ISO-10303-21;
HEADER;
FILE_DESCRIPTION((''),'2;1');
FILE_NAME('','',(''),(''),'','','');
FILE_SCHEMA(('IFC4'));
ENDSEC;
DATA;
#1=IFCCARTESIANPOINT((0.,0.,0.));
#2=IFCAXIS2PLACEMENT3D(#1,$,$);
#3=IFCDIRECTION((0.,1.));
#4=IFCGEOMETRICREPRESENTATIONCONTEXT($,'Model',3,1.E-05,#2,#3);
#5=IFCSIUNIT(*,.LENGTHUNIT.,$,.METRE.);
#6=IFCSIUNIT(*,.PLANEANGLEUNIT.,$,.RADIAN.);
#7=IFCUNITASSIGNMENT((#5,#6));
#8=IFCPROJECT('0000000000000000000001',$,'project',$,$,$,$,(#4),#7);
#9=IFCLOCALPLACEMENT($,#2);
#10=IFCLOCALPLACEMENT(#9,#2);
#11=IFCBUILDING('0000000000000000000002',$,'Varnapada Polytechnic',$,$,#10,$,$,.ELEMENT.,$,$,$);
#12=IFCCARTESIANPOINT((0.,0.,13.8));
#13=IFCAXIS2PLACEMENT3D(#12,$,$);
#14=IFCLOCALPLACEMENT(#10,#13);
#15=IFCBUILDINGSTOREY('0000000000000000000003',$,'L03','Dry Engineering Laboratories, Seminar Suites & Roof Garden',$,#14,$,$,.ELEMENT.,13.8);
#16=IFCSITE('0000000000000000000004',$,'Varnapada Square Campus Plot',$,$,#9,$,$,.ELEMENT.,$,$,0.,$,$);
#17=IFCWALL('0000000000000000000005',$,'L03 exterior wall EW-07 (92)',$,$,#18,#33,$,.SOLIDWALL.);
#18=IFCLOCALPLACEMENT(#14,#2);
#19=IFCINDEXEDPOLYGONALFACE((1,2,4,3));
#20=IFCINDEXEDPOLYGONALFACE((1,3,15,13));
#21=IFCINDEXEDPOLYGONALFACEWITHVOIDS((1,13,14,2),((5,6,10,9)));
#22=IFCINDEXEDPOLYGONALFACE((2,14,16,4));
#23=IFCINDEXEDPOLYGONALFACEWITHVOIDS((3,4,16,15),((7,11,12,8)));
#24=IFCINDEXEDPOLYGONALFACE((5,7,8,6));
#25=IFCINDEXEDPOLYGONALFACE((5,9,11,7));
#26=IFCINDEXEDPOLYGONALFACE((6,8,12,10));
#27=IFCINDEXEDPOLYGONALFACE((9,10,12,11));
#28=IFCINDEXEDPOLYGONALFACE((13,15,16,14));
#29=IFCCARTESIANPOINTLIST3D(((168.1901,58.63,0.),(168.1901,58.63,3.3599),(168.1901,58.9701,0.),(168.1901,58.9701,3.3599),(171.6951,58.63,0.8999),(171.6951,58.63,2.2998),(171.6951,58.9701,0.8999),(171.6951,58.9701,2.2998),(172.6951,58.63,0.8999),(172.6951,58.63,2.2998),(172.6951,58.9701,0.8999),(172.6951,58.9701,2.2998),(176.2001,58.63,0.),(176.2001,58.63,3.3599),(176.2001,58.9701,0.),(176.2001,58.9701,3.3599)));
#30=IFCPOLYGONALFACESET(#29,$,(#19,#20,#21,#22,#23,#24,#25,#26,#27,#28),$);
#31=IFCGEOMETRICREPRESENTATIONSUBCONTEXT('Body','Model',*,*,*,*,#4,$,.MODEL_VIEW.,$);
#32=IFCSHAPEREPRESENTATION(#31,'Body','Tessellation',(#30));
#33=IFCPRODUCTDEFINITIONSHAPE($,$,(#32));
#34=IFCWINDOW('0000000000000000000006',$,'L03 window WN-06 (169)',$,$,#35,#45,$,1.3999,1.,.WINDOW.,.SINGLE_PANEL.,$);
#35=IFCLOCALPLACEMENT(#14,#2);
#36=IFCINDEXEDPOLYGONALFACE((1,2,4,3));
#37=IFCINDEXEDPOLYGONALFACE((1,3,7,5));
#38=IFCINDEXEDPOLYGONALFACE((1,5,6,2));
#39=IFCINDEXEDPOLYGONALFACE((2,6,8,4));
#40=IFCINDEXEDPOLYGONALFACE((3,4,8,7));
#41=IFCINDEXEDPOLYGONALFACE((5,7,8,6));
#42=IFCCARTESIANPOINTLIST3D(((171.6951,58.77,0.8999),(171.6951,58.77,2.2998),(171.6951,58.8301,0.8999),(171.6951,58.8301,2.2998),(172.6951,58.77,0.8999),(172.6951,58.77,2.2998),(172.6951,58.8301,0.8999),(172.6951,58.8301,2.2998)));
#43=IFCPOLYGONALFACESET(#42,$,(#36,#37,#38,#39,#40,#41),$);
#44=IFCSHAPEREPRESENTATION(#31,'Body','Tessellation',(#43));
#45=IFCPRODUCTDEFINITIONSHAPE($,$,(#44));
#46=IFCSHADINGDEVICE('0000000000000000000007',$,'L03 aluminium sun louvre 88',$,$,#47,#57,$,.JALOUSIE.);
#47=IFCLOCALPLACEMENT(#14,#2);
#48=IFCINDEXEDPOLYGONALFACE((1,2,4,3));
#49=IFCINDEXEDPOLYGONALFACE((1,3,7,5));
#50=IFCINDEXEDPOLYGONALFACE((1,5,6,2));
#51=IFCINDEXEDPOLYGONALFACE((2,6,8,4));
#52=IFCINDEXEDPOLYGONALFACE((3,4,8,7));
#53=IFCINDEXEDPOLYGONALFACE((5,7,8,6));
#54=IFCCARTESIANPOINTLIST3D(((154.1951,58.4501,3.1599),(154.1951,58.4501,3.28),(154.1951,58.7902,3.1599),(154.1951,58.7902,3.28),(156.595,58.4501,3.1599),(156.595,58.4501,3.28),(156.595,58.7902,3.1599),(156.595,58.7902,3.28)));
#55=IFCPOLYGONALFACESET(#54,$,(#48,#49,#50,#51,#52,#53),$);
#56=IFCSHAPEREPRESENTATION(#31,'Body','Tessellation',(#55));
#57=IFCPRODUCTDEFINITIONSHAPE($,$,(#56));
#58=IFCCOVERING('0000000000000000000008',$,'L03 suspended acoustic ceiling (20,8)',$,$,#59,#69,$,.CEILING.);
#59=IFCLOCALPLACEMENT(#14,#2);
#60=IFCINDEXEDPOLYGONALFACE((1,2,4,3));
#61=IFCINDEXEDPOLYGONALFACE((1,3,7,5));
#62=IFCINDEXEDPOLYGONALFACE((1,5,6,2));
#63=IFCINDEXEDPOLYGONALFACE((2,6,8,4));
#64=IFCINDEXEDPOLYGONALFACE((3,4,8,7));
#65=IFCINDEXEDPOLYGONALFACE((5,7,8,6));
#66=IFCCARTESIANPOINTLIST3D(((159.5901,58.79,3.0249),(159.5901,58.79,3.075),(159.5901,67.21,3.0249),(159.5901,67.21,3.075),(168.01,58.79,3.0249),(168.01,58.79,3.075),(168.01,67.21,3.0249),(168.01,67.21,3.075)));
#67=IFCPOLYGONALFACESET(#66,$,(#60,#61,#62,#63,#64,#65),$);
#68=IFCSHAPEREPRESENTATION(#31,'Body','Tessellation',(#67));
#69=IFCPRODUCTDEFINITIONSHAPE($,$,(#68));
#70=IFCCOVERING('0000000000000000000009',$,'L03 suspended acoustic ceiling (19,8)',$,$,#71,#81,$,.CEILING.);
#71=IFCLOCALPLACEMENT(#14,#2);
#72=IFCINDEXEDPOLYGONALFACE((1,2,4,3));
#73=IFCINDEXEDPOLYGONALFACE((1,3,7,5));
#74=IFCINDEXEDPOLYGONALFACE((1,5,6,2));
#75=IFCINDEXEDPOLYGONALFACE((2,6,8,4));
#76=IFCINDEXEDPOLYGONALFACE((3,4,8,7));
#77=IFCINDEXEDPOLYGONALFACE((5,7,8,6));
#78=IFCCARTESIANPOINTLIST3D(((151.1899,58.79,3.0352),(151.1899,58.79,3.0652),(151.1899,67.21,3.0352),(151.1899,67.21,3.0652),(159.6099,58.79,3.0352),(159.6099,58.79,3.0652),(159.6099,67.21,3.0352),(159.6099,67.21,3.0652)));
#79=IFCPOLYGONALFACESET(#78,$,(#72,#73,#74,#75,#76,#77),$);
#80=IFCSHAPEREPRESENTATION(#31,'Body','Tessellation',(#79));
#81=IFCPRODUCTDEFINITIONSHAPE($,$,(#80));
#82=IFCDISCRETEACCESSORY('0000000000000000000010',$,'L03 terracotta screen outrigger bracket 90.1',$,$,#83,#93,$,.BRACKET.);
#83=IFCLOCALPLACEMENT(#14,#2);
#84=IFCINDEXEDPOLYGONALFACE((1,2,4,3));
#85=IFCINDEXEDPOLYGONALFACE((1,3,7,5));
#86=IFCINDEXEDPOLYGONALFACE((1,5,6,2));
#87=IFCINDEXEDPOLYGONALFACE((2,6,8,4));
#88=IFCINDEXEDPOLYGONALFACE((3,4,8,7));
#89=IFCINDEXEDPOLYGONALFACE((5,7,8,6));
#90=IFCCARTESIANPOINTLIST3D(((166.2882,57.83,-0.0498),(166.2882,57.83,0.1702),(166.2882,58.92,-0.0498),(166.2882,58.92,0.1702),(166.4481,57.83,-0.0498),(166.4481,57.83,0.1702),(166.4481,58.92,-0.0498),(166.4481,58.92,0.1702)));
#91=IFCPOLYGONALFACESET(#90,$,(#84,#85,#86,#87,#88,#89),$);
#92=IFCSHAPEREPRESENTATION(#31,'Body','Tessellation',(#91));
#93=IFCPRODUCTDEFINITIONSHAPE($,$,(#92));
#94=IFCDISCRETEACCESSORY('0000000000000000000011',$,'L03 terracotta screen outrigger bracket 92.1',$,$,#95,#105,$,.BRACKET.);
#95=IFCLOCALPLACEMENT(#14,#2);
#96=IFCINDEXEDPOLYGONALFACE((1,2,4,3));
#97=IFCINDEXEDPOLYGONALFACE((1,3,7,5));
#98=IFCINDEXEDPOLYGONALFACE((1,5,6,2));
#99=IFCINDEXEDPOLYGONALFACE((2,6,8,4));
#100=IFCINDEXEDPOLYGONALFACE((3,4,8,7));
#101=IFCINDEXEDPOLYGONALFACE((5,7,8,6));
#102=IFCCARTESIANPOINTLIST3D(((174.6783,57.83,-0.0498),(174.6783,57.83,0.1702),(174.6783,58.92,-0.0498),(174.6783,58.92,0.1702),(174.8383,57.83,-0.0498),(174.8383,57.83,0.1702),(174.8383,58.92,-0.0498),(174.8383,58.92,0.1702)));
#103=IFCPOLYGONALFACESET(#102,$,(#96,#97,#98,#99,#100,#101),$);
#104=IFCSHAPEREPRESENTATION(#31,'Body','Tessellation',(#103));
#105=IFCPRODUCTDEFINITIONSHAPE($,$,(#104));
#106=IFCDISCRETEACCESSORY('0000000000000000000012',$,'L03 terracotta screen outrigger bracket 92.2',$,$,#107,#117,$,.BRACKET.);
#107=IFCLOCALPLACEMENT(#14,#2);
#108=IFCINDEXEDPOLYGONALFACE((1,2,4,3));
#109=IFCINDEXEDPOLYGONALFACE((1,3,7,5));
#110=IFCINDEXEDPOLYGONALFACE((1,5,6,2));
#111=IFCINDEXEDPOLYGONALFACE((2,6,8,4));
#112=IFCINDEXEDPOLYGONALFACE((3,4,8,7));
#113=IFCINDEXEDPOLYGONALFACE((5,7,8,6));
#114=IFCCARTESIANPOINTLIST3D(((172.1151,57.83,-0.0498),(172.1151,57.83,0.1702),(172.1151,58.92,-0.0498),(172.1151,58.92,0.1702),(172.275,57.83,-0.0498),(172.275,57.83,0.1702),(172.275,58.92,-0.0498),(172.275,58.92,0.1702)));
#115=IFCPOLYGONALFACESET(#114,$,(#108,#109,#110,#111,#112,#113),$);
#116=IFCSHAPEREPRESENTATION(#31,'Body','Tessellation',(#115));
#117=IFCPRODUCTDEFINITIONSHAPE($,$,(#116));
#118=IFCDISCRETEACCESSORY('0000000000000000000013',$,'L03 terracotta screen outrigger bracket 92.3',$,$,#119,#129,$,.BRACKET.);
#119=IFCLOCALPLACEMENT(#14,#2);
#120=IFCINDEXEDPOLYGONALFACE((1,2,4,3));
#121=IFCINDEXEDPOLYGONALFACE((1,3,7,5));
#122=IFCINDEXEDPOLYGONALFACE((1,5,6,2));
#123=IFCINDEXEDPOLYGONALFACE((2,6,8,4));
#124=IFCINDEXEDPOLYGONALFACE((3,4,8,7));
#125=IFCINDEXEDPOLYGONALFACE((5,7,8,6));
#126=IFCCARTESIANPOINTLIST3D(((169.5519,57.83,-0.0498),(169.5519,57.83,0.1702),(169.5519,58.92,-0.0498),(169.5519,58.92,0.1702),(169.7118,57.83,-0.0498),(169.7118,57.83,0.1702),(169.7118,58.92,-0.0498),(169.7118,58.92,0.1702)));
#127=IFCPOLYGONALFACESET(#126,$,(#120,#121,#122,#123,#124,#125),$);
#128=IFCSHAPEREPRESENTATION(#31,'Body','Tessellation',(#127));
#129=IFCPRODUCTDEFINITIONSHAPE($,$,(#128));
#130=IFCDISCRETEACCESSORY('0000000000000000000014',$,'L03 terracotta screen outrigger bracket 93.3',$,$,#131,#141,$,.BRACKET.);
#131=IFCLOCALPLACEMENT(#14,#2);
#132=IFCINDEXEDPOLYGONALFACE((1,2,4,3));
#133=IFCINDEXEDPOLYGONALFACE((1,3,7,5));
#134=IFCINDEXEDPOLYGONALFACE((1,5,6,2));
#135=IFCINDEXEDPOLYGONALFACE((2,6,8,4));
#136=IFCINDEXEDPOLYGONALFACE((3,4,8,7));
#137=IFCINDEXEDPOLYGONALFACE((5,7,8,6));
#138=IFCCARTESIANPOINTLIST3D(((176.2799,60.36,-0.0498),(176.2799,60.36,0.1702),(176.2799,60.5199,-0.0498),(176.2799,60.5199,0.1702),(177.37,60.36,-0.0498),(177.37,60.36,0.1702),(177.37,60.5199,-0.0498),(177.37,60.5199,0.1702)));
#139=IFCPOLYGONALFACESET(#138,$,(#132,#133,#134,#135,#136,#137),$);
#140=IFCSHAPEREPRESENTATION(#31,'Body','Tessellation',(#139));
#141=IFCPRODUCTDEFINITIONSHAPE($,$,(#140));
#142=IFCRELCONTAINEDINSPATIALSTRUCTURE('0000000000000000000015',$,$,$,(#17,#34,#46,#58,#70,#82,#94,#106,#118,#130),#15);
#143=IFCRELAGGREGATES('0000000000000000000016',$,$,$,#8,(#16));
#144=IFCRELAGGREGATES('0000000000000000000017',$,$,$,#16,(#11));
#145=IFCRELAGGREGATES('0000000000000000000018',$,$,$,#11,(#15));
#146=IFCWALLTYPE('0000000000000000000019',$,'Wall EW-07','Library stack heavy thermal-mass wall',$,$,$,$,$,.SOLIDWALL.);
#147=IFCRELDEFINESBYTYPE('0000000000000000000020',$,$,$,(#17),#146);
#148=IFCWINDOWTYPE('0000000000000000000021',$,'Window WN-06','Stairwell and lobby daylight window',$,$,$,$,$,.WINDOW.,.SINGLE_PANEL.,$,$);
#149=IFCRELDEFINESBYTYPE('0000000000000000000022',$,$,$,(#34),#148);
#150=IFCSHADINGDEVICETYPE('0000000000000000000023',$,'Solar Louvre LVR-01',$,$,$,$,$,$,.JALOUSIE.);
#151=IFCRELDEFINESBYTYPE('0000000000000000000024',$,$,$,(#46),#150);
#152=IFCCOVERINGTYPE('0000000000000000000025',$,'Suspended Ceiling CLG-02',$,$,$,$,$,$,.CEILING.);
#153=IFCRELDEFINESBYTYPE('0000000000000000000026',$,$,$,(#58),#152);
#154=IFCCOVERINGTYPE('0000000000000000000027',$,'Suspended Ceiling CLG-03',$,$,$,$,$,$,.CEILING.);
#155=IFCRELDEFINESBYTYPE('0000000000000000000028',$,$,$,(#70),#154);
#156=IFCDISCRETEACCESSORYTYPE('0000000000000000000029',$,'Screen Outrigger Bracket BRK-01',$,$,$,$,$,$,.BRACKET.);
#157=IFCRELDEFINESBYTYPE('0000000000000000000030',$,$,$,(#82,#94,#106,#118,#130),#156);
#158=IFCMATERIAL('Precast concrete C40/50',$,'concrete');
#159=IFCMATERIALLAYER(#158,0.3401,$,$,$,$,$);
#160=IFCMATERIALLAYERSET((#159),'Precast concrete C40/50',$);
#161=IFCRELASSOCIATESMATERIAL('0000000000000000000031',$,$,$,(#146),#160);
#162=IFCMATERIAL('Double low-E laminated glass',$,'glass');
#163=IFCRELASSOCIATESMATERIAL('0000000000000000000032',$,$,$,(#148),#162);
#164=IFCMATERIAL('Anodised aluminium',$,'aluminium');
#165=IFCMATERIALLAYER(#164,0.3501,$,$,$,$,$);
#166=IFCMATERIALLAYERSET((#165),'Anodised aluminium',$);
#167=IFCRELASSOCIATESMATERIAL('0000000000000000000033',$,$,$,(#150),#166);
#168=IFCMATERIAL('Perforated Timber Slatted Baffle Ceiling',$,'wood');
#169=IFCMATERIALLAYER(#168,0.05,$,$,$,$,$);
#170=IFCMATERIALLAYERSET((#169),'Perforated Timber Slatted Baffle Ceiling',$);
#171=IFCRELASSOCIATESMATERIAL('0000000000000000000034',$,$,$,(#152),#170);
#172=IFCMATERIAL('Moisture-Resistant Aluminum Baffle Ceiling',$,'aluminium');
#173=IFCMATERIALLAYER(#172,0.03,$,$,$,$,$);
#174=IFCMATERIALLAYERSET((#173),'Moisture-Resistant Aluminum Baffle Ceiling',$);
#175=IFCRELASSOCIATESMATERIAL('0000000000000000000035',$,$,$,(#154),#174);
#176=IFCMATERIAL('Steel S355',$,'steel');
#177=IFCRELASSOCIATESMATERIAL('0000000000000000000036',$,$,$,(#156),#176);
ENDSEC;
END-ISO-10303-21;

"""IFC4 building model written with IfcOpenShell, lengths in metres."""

from ifc_helpers import new_model, si_unit, direction, frame, frame_2d, origin, origin_2d, place, context, subcontext, project, spatial, rectangle, extrude, material, layer, layer_set, type_object, element, fill, save


model = new_model("IFC4")

# Units and contexts
model_context = context("Model", 3, precision=1e-05, world=origin(), true_north=direction((0.0, 1.0)))
body_context = subcontext(model_context, "Body", "Model", "MODEL_VIEW")
ifc_project = project(units=[si_unit("LENGTHUNIT", "METRE"), si_unit("PLANEANGLEUNIT", "RADIAN")], contexts=[model_context])

# Site, building, storey
site_placement = place(None, origin())
site = spatial("IfcSite", under=ifc_project, at=site_placement, Name="Varnapada Square Campus Plot", CompositionType="ELEMENT", RefElevation=0.0)
building_placement = place(site_placement, origin())
building = spatial("IfcBuilding", under=site, at=building_placement, Name="Varnapada Polytechnic", CompositionType="ELEMENT")
storey_placement = place(building_placement, frame((0.0, 0.0, 13.8)))
storey = spatial("IfcBuildingStorey", under=building, at=storey_placement, Name="L03", Description="Dry Engineering Laboratories, Seminar Suites & Roof Garden", CompositionType="ELEMENT", Elevation=13.8)

# Wall, opening, window
ifc_material_1 = material(Name="Precast concrete C40/50", Category="concrete")
ifc_layer_1 = layer(ifc_material_1, 0.3401)
ifc_layer_set_1 = layer_set([ifc_layer_1], Name="Precast concrete C40/50")
wall_type_1 = type_object("IfcWallType", Name="Wall EW-07", Description="Library stack heavy thermal-mass wall", PredefinedType="SOLIDWALL", material=ifc_layer_set_1)
ifc_material_2 = material(Name="Double low-E laminated glass", Category="glass")
wall_1_placement = place(storey_placement, frame((176.2, 58.8, 0.0), z_axis=(0.0, 0.0, 1.0), x_axis=(-1.0, 0.0, 0.0)))
wall_1 = element("IfcWall", 1, at=wall_1_placement, inside=storey, type_object=wall_type_1, Name="L03 exterior wall EW-07 (92)", PredefinedType="SOLIDWALL", context=body_context, shape_type="SweptSolid", body=[
    extrude(rectangle(XDim=8.01, YDim=0.3401, at=frame_2d((4.0049, 0.0))), origin(), (0.0, 0.0, 1.0), 3.3599),
])
opening_1_placement = place(wall_1_placement, frame((3.5049, 0.0, 0.8999)))
opening_1 = element("IfcOpeningElement", 2, at=opening_1_placement, cuts=wall_1, PredefinedType="OPENING", context=body_context, shape_type="SweptSolid", body=[
    extrude(rectangle(XDim=1.0, YDim=1.3999, at=frame_2d((0.5, 0.7))), frame((0.0, 0.1799, 0.0), z_axis=(0.0, -1.0, 0.0), x_axis=(1.0, 0.0, 0.0)), (0.0, 0.0, 1.0), 0.3601),
])
window_type_1 = type_object("IfcWindowType", Name="Window WN-06", Description="Stairwell and lobby daylight window", PartitioningType="SINGLE_PANEL", PredefinedType="WINDOW", material=ifc_material_2)
window_1_placement = place(opening_1_placement, origin())
window_1 = element("IfcWindow", 3, at=window_1_placement, inside=storey, type_object=window_type_1, Name="L03 window WN-06 (169)", OverallHeight=1.3999, OverallWidth=1.0, PartitioningType="SINGLE_PANEL", PredefinedType="WINDOW", context=body_context, shape_type="SweptSolid", body=[
    extrude(rectangle(XDim=1.0, YDim=1.3999, at=frame_2d((0.5, 0.7))), frame((0.0, 0.03, 0.0), z_axis=(0.0, -1.0, 0.0), x_axis=(1.0, 0.0, 0.0)), (0.0, 0.0, 1.0), 0.0601),
])
fill(opening_1, window_1)

# Shading device
ifc_material_3 = material(Name="Anodised aluminium", Category="aluminium")
ifc_layer_2 = layer(ifc_material_3, 0.3501)
ifc_layer_set_2 = layer_set([ifc_layer_2], Name="Anodised aluminium")
shading_device_type = type_object("IfcShadingDeviceType", Name="Solar Louvre LVR-01", PredefinedType="JALOUSIE", material=ifc_layer_set_2)
shading_device_placement = place(storey_placement, frame((155.395, 58.6201, 3.1599), z_axis=(0.0, 0.0, 1.0), x_axis=(-1.0, 0.0, 0.0)))
element("IfcShadingDevice", 4, at=shading_device_placement, inside=storey, type_object=shading_device_type, Name="L03 aluminium sun louvre 88", PredefinedType="JALOUSIE", context=body_context, shape_type="SweptSolid", body=[
    extrude(rectangle(XDim=2.3999, YDim=0.3401, at=origin_2d()), origin(), (0.0, 0.0, 1.0), 0.1201),
])

# Coverings
ifc_material_4 = material(Name="Perforated Timber Slatted Baffle Ceiling", Category="wood")
ifc_layer_3 = layer(ifc_material_4, 0.05)
ifc_layer_set_3 = layer_set([ifc_layer_3], Name="Perforated Timber Slatted Baffle Ceiling")
covering_type_1 = type_object("IfcCoveringType", Name="Suspended Ceiling CLG-02", PredefinedType="CEILING", material=ifc_layer_set_3)
covering_1_placement = place(storey_placement, frame((163.8, 63.0, 3.0249), z_axis=(0.0, 0.0, 1.0), x_axis=(1.0, 0.0, 0.0)))
element("IfcCovering", 5, at=covering_1_placement, inside=storey, type_object=covering_type_1, Name="L03 suspended acoustic ceiling (20,8)", PredefinedType="CEILING", context=body_context, shape_type="SweptSolid", body=[
    extrude(rectangle(XDim=8.4199, YDim=8.4199, at=origin_2d()), origin(), (0.0, 0.0, 1.0), 0.05),
])
ifc_material_5 = material(Name="Moisture-Resistant Aluminum Baffle Ceiling", Category="aluminium")
ifc_layer_4 = layer(ifc_material_5, 0.03)
ifc_layer_set_4 = layer_set([ifc_layer_4], Name="Moisture-Resistant Aluminum Baffle Ceiling")
covering_type_2 = type_object("IfcCoveringType", Name="Suspended Ceiling CLG-03", PredefinedType="CEILING", material=ifc_layer_set_4)
covering_2_placement = place(storey_placement, frame((155.3999, 63.0, 3.0352), z_axis=(0.0, 0.0, 1.0), x_axis=(1.0, 0.0, 0.0)))
element("IfcCovering", 6, at=covering_2_placement, inside=storey, type_object=covering_type_2, Name="L03 suspended acoustic ceiling (19,8)", PredefinedType="CEILING", context=body_context, shape_type="SweptSolid", body=[
    extrude(rectangle(XDim=8.4199, YDim=8.4199, at=origin_2d()), origin(), (0.0, 0.0, 1.0), 0.03),
])

# Discrete accessories
ifc_material_6 = material(Name="Steel S355", Category="steel")
discrete_accessory_type = type_object("IfcDiscreteAccessoryType", Name="Screen Outrigger Bracket BRK-01", PredefinedType="BRACKET", material=ifc_material_6)
for number, where, z_axis, x_axis, name in (
    (7, (166.3682, 58.375, -0.0498), (0.0, 0.0, 1.0), (-1.0, 0.0, 0.0), "L03 terracotta screen outrigger bracket 90.1"),
    (8, (174.7583, 58.375, -0.0498), (0.0, 0.0, 1.0), (-1.0, 0.0, 0.0), "L03 terracotta screen outrigger bracket 92.1"),
    (9, (172.1951, 58.375, -0.0498), (0.0, 0.0, 1.0), (-1.0, 0.0, 0.0), "L03 terracotta screen outrigger bracket 92.2"),
    (10, (169.6318, 58.375, -0.0498), (0.0, 0.0, 1.0), (-1.0, 0.0, 0.0), "L03 terracotta screen outrigger bracket 92.3"),
    (11, (176.825, 60.4399, -0.0498), (0.0, 0.0, 1.0), (0.0, -1.0, 0.0), "L03 terracotta screen outrigger bracket 93.3"),
):
    element("IfcDiscreteAccessory", number, at=place(storey_placement, frame(where, z_axis=z_axis, x_axis=x_axis)), inside=storey, type_object=discrete_accessory_type, Name=name, PredefinedType="BRACKET", context=body_context, shape_type="SweptSolid", body=[
        extrude(rectangle(XDim=0.1599, YDim=1.0901, at=origin_2d()), origin(), (0.0, 0.0, 1.0), 0.22),
    ])

save(model, "model.ifc")
